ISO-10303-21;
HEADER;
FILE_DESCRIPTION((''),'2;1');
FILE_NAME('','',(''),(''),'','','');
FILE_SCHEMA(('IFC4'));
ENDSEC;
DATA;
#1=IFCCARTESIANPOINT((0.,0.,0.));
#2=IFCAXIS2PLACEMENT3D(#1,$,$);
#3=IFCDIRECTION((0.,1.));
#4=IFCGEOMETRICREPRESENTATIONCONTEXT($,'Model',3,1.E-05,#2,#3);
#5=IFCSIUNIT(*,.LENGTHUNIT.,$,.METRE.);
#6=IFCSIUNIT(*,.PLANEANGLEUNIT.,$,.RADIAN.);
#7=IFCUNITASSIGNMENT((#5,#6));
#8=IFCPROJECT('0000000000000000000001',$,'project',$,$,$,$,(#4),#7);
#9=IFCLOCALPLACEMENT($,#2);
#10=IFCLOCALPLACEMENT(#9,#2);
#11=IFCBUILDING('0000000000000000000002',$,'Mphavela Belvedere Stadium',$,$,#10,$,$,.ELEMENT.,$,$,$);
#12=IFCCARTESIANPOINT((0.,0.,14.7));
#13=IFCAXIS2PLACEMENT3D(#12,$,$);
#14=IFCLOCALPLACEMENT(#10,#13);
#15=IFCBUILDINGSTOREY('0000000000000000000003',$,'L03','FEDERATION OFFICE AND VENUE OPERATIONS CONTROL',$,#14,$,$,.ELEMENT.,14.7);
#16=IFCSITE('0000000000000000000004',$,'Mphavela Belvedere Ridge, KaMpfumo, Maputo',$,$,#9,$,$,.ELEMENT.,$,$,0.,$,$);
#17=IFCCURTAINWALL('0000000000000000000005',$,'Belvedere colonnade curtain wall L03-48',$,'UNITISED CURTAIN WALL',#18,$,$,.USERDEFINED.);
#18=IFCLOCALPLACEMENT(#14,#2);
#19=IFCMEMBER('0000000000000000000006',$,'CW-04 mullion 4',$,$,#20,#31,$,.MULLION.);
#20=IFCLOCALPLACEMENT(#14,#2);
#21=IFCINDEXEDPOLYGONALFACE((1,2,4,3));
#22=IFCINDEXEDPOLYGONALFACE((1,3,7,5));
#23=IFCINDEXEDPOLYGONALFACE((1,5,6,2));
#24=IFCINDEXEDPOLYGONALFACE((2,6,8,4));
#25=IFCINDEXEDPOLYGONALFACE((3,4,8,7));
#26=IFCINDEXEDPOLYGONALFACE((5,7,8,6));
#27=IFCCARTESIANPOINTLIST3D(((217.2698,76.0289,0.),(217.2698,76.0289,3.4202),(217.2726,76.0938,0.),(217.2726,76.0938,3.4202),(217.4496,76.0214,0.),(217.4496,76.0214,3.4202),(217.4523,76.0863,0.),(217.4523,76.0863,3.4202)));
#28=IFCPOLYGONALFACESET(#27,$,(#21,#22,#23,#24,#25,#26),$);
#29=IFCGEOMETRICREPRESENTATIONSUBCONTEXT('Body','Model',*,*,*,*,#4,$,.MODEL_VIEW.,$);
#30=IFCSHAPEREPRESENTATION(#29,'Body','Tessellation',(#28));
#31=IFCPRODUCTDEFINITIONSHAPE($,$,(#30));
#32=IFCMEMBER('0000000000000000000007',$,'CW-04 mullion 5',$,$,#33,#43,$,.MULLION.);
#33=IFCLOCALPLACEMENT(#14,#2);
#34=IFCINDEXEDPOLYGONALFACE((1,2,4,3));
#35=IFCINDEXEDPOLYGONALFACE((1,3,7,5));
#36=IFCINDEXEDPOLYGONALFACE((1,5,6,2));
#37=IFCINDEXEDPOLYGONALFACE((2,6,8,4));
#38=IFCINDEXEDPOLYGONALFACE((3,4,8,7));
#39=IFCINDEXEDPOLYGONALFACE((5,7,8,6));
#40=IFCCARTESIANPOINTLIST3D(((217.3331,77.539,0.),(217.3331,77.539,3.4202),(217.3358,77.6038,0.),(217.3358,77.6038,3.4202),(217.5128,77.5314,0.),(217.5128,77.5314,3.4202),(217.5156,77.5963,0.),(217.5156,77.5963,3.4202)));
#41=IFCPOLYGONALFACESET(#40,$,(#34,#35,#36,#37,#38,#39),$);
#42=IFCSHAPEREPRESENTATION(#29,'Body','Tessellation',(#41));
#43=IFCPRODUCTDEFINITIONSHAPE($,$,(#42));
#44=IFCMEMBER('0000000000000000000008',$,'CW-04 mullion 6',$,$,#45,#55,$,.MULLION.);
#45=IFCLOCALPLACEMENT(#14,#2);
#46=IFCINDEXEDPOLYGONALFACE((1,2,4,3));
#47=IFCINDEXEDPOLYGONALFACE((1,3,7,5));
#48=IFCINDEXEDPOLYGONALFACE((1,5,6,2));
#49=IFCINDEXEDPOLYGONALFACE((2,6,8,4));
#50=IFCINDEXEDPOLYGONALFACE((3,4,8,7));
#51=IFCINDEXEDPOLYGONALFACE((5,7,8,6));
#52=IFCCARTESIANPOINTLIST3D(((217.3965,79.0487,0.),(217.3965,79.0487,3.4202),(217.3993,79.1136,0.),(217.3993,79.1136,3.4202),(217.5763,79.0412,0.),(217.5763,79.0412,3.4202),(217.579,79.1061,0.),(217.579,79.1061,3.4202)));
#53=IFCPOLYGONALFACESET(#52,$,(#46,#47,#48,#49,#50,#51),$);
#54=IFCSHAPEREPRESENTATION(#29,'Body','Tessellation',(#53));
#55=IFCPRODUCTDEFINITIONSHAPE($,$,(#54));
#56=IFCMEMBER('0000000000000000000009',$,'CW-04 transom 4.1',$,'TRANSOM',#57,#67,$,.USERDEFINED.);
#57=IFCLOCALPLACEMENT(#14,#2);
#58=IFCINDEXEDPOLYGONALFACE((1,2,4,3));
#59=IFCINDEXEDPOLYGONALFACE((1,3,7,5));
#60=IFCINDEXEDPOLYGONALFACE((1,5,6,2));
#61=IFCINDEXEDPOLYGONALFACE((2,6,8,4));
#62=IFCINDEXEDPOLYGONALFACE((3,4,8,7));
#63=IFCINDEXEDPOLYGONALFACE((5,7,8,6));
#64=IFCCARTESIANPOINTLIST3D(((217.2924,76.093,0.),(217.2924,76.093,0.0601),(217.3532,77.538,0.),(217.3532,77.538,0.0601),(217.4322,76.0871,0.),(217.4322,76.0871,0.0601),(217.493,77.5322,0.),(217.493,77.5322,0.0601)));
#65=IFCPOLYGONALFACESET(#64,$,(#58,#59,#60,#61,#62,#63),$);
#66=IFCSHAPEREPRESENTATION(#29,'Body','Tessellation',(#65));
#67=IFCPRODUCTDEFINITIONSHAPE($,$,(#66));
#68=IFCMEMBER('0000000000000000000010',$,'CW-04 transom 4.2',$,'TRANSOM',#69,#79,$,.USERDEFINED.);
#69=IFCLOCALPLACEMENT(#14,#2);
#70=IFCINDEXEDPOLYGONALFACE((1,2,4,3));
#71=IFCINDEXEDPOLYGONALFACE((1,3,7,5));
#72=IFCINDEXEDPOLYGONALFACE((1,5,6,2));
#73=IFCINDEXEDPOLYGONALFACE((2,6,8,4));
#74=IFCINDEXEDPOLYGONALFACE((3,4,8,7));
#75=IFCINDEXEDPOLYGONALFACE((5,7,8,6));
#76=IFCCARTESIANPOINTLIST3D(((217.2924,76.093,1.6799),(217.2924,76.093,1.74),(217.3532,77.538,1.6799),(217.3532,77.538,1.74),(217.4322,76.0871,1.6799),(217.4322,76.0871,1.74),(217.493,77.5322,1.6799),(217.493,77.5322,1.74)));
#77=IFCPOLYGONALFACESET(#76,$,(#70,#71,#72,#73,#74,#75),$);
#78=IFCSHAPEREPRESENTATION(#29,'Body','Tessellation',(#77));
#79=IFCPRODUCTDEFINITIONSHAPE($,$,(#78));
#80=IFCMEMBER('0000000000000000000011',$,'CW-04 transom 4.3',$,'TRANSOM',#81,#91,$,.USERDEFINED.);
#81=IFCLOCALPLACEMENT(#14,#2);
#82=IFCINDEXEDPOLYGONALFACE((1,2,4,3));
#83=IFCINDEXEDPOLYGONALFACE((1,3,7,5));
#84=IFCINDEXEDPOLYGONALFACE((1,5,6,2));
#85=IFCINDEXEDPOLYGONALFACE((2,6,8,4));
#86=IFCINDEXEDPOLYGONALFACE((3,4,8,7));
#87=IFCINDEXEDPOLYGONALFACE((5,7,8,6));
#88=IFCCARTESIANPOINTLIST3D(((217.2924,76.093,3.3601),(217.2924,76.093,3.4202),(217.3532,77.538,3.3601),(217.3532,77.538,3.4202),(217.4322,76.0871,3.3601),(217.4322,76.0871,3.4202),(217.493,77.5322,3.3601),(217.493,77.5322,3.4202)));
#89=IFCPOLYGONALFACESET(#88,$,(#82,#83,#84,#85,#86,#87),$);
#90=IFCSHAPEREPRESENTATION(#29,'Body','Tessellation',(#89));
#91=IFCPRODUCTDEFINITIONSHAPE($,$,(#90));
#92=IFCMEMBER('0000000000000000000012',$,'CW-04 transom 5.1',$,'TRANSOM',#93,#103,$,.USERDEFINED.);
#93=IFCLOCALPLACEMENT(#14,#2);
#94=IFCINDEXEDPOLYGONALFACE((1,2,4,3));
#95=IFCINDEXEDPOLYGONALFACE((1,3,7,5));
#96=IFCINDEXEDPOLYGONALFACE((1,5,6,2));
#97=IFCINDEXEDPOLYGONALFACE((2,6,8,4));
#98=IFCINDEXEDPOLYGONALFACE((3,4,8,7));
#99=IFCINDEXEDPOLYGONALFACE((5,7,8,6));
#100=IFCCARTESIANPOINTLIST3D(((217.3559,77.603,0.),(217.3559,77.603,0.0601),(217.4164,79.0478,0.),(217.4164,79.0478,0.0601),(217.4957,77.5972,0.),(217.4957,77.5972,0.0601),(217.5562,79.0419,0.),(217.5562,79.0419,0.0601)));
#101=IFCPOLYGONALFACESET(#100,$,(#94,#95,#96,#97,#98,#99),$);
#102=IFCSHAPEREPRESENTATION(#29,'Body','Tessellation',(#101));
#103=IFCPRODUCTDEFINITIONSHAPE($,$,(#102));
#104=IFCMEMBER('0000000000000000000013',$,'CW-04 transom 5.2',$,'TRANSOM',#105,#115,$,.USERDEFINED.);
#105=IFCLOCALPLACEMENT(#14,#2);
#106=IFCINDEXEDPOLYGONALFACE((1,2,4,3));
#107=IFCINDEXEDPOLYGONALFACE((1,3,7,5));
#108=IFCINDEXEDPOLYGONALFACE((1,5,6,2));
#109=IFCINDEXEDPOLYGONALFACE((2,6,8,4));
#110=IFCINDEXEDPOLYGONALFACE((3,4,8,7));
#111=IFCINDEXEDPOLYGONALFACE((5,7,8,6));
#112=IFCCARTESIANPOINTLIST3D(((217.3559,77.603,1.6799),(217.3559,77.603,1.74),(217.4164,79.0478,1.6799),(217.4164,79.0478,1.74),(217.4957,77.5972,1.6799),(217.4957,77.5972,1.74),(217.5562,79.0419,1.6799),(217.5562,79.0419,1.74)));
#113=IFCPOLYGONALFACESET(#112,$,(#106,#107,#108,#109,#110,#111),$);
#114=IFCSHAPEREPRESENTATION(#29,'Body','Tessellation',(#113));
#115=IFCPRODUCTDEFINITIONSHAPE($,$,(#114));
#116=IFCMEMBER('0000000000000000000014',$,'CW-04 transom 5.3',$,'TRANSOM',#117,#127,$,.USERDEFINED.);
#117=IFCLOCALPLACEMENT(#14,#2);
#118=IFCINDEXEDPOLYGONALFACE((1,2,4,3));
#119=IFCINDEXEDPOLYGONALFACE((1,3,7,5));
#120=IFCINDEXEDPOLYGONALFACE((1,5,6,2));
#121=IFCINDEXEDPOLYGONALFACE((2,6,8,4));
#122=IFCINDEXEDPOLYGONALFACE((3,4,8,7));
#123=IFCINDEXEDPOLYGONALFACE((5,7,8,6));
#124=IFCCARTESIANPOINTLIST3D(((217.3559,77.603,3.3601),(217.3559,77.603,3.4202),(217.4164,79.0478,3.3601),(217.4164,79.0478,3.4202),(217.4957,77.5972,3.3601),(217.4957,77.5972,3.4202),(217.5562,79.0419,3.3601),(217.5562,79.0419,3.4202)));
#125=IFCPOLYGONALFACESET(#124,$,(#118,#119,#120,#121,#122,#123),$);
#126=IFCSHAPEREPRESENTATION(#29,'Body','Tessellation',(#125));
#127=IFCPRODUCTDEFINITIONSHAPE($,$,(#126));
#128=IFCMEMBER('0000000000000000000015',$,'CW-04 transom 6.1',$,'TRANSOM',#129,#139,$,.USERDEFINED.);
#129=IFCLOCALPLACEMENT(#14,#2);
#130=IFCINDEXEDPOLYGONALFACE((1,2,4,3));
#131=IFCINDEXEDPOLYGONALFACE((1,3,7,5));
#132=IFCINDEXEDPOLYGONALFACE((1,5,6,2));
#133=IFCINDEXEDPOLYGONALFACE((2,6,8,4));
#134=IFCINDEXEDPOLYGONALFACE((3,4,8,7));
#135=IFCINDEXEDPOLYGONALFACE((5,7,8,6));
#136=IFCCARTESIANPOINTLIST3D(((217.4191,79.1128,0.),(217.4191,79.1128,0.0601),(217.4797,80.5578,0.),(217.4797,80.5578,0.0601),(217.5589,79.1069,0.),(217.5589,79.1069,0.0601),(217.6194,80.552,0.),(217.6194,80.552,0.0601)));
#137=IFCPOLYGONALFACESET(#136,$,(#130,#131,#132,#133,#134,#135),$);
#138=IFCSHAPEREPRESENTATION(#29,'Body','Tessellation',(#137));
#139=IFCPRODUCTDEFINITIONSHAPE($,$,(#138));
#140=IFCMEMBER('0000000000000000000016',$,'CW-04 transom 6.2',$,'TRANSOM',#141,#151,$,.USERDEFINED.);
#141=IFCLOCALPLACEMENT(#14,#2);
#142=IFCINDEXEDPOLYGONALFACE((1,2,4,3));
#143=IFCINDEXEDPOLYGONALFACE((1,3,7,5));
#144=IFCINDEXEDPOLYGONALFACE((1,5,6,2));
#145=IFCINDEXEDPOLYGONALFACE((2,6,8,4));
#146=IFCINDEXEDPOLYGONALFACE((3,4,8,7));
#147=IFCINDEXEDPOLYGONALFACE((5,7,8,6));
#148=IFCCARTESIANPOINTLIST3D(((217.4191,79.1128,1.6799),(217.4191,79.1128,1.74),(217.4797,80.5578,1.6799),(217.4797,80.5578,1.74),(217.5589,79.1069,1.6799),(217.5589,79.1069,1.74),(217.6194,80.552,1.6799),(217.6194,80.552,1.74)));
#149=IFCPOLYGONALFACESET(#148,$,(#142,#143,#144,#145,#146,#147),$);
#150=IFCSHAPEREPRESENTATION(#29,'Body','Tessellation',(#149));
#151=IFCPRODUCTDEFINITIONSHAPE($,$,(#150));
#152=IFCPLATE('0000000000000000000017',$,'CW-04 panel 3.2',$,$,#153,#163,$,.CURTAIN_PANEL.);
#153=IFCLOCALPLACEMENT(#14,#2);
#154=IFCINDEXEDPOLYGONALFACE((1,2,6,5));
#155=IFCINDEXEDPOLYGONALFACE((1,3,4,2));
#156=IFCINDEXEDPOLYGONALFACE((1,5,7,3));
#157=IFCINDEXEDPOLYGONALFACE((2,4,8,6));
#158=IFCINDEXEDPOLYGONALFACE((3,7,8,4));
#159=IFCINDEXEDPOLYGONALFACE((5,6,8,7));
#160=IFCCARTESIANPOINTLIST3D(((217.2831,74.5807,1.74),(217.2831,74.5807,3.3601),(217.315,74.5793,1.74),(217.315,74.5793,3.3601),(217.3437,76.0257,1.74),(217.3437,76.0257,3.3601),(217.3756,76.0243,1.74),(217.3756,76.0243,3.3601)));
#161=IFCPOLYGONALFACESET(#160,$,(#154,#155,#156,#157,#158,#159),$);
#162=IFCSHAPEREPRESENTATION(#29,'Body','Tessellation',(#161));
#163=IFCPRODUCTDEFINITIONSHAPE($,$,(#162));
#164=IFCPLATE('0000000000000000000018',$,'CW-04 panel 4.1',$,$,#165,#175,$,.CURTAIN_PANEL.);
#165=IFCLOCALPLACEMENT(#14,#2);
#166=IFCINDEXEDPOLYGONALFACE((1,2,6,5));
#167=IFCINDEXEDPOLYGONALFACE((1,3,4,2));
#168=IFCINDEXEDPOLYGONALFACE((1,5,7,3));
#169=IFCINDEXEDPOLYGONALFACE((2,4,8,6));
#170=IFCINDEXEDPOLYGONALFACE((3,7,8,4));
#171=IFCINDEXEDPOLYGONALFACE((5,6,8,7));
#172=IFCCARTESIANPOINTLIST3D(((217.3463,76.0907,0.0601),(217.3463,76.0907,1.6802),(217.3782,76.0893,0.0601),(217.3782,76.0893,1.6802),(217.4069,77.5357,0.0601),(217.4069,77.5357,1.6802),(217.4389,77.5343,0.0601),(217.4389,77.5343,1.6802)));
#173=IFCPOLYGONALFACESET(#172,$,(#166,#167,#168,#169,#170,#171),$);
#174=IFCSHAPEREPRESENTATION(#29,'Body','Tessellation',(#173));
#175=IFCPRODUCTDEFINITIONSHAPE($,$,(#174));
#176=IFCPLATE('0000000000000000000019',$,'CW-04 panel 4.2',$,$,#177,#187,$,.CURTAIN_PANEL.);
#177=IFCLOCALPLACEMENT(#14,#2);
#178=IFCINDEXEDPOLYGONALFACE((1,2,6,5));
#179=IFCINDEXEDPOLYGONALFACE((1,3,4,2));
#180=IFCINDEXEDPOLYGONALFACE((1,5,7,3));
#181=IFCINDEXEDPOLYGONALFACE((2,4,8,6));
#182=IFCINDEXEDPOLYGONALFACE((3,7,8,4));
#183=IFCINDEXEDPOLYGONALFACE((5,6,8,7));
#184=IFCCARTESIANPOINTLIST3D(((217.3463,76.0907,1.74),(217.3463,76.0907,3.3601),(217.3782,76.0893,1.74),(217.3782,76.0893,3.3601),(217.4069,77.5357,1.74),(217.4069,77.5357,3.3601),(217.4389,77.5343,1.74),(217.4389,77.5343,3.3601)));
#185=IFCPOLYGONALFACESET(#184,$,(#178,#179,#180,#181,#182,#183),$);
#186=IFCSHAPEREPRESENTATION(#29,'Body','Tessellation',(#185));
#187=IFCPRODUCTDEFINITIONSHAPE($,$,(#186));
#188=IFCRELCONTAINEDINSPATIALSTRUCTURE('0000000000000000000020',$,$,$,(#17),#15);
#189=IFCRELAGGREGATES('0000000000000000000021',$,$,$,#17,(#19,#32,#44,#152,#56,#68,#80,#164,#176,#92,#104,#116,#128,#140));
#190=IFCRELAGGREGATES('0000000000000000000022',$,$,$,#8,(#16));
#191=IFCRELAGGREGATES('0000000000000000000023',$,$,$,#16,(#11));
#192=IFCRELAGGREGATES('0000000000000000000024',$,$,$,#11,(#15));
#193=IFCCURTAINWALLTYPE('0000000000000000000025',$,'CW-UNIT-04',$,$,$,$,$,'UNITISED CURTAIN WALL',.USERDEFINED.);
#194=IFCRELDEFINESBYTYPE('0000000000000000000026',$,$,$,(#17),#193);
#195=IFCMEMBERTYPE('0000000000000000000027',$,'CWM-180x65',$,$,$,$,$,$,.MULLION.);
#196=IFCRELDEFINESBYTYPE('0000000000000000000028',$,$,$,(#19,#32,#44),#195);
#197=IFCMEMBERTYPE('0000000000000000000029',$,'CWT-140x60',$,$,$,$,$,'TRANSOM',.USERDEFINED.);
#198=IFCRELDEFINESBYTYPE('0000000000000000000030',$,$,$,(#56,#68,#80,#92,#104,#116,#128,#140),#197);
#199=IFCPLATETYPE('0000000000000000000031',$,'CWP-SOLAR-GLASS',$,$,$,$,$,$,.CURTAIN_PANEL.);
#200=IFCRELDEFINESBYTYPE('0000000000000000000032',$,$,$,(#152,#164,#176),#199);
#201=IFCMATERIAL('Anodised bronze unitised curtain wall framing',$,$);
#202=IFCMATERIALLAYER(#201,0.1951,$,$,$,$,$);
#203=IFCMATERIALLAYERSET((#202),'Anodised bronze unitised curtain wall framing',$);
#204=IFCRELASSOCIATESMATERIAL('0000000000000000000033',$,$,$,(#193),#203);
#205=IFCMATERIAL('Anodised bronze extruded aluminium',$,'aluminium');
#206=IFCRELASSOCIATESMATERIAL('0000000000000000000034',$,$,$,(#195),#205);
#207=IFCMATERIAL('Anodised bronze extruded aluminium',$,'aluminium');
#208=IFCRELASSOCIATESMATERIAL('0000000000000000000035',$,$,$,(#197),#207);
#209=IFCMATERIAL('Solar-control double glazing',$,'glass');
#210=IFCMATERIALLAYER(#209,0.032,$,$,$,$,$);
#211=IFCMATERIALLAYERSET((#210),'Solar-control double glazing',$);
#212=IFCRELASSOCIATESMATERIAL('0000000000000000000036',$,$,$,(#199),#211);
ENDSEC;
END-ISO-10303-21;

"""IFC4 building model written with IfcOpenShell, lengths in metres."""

from ifc_helpers import new_model, si_unit, direction, frame, origin, origin_2d, place, context, subcontext, project, spatial, rectangle, extrude, material, layer, layer_set, material_profile, profile_set, type_object, element, aggregate, save


model = new_model("IFC4")

# Units and contexts
model_context = context("Model", 3, precision=1e-05, world=origin(), true_north=direction((0.0, 1.0)))
body_context = subcontext(model_context, "Body", "Model", "MODEL_VIEW")
ifc_project = project(units=[si_unit("LENGTHUNIT", "METRE"), si_unit("PLANEANGLEUNIT", "RADIAN")], contexts=[model_context])

# Site, building, storey
site_placement = place(None, origin())
site = spatial("IfcSite", under=ifc_project, at=site_placement, Name="Mphavela Belvedere Ridge, KaMpfumo, Maputo", CompositionType="ELEMENT", RefElevation=0.0)
building_placement = place(site_placement, origin())
building = spatial("IfcBuilding", under=site, at=building_placement, Name="Mphavela Belvedere Stadium", CompositionType="ELEMENT")
storey_placement = place(building_placement, frame((0.0, 0.0, 14.7)))
storey = spatial("IfcBuildingStorey", under=building, at=storey_placement, Name="L03", Description="FEDERATION OFFICE AND VENUE OPERATIONS CONTROL", CompositionType="ELEMENT", Elevation=14.7)

# Curtain wall, members, plates
ifc_material_1 = material(Name="Anodised bronze unitised curtain wall framing")
ifc_layer_1 = layer(ifc_material_1, 0.1951)
ifc_layer_set_1 = layer_set([ifc_layer_1], Name="Anodised bronze unitised curtain wall framing")
curtain_wall_type = type_object("IfcCurtainWallType", Name="CW-UNIT-04", ElementType="UNITISED CURTAIN WALL", PredefinedType="USERDEFINED", material=ifc_layer_set_1)
curtain_wall_placement = place(storey_placement, origin())
curtain_wall = element("IfcCurtainWall", 1, at=curtain_wall_placement, inside=storey, type_object=curtain_wall_type, Name="Belvedere colonnade curtain wall L03-48", ObjectType="UNITISED CURTAIN WALL", PredefinedType="USERDEFINED")
ifc_material_2 = material(Name="Anodised bronze extruded aluminium", Category="aluminium")
ifc_material_profile_1 = material_profile(ifc_material_2, rectangle(XDim=0.1799, YDim=0.0649, at=origin_2d()), Name="CW-MUL 180x65")
ifc_profile_set_1 = profile_set([ifc_material_profile_1], Name="Anodised bronze extruded aluminium")
member_type_1 = type_object("IfcMemberType", Name="CWM-180x65", PredefinedType="MULLION", material=ifc_profile_set_1)
member_1_placement = place(storey_placement, frame((217.3611, 76.0576, 0.0), z_axis=(0.0, 0.0, 1.0), x_axis=(-0.999121, 0.041911, 0.0)))
member_1 = element("IfcMember", 2, at=member_1_placement, type_object=member_type_1, Name="CW-04 mullion 4", PredefinedType="MULLION", context=body_context, shape_type="SweptSolid", body=[
    extrude(rectangle(XDim=0.1799, YDim=0.0649, at=origin_2d()), origin(), (0.0, 0.0, 1.0), 3.4202),
])
member_2_placement = place(storey_placement, frame((217.4243, 77.5676, 0.0), z_axis=(0.0, 0.0, 1.0), x_axis=(-0.999121, 0.041911, 0.0)))
member_2 = element("IfcMember", 3, at=member_2_placement, type_object=member_type_1, Name="CW-04 mullion 5", PredefinedType="MULLION", context=body_context, shape_type="SweptSolid", body=[
    extrude(rectangle(XDim=0.1799, YDim=0.0649, at=origin_2d()), origin(), (0.0, 0.0, 1.0), 3.4202),
])
member_3_placement = place(storey_placement, frame((217.4878, 79.0774, 0.0), z_axis=(0.0, 0.0, 1.0), x_axis=(-0.999121, 0.041911, 0.0)))
member_3 = element("IfcMember", 4, at=member_3_placement, type_object=member_type_1, Name="CW-04 mullion 6", PredefinedType="MULLION", context=body_context, shape_type="SweptSolid", body=[
    extrude(rectangle(XDim=0.1799, YDim=0.0649, at=origin_2d()), origin(), (0.0, 0.0, 1.0), 3.4202),
])
ifc_material_3 = material(Name="Anodised bronze extruded aluminium", Category="aluminium")
ifc_material_profile_2 = material_profile(ifc_material_3, rectangle(XDim=0.1399, YDim=0.0601, at=origin_2d()), Name="CW-TRN 140x60")
ifc_profile_set_2 = profile_set([ifc_material_profile_2], Name="Anodised bronze extruded aluminium")
member_type_2 = type_object("IfcMemberType", Name="CWT-140x60", ElementType="TRANSOM", PredefinedType="USERDEFINED", material=ifc_profile_set_2)
member_4_placement = place(storey_placement, frame((217.3623, 76.0901, 0.03), z_axis=(0.042031, 0.999116, 0.0), x_axis=(-0.999116, 0.042031, 0.0)))
member_4 = element("IfcMember", 5, at=member_4_placement, type_object=member_type_2, Name="CW-04 transom 4.1", ObjectType="TRANSOM", PredefinedType="USERDEFINED", context=body_context, shape_type="SweptSolid", body=[
    extrude(rectangle(XDim=0.1399, YDim=0.0601, at=origin_2d()), origin(), (0.0, 0.0, 1.0), 1.4463),
])
member_5_placement = place(storey_placement, frame((217.3623, 76.0901, 1.71), z_axis=(0.042031, 0.999116, 0.0), x_axis=(-0.999116, 0.042031, 0.0)))
member_5 = element("IfcMember", 6, at=member_5_placement, type_object=member_type_2, Name="CW-04 transom 4.2", ObjectType="TRANSOM", PredefinedType="USERDEFINED", context=body_context, shape_type="SweptSolid", body=[
    extrude(rectangle(XDim=0.1399, YDim=0.0601, at=origin_2d()), origin(), (0.0, 0.0, 1.0), 1.4463),
])
member_6_placement = place(storey_placement, frame((217.3623, 76.0901, 3.3901), z_axis=(0.042031, 0.999116, 0.0), x_axis=(-0.999116, 0.042031, 0.0)))
member_6 = element("IfcMember", 7, at=member_6_placement, type_object=member_type_2, Name="CW-04 transom 4.3", ObjectType="TRANSOM", PredefinedType="USERDEFINED", context=body_context, shape_type="SweptSolid", body=[
    extrude(rectangle(XDim=0.1399, YDim=0.0601, at=origin_2d()), origin(), (0.0, 0.0, 1.0), 1.4463),
])
member_7_placement = place(storey_placement, frame((217.4258, 77.6001, 0.03), z_axis=(0.041869, 0.999123, 0.0), x_axis=(-0.999123, 0.041869, 0.0)))
member_7 = element("IfcMember", 8, at=member_7_placement, type_object=member_type_2, Name="CW-04 transom 5.1", ObjectType="TRANSOM", PredefinedType="USERDEFINED", context=body_context, shape_type="SweptSolid", body=[
    extrude(rectangle(XDim=0.1399, YDim=0.0601, at=origin_2d()), origin(), (0.0, 0.0, 1.0), 1.446),
])
member_8_placement = place(storey_placement, frame((217.4258, 77.6001, 1.71), z_axis=(0.041869, 0.999123, 0.0), x_axis=(-0.999123, 0.041869, 0.0)))
member_8 = element("IfcMember", 9, at=member_8_placement, type_object=member_type_2, Name="CW-04 transom 5.2", ObjectType="TRANSOM", PredefinedType="USERDEFINED", context=body_context, shape_type="SweptSolid", body=[
    extrude(rectangle(XDim=0.1399, YDim=0.0601, at=origin_2d()), origin(), (0.0, 0.0, 1.0), 1.446),
])
member_9_placement = place(storey_placement, frame((217.4258, 77.6001, 3.3901), z_axis=(0.041869, 0.999123, 0.0), x_axis=(-0.999123, 0.041869, 0.0)))
member_9 = element("IfcMember", 10, at=member_9_placement, type_object=member_type_2, Name="CW-04 transom 5.3", ObjectType="TRANSOM", PredefinedType="USERDEFINED", context=body_context, shape_type="SweptSolid", body=[
    extrude(rectangle(XDim=0.1399, YDim=0.0601, at=origin_2d()), origin(), (0.0, 0.0, 1.0), 1.446),
])
member_10_placement = place(storey_placement, frame((217.489, 79.1099, 0.03), z_axis=(0.041862, 0.999123, 0.0), x_axis=(-0.999123, 0.041862, 0.0)))
member_10 = element("IfcMember", 11, at=member_10_placement, type_object=member_type_2, Name="CW-04 transom 6.1", ObjectType="TRANSOM", PredefinedType="USERDEFINED", context=body_context, shape_type="SweptSolid", body=[
    extrude(rectangle(XDim=0.1399, YDim=0.0601, at=origin_2d()), origin(), (0.0, 0.0, 1.0), 1.4463),
])
member_11_placement = place(storey_placement, frame((217.489, 79.1099, 1.71), z_axis=(0.041862, 0.999123, 0.0), x_axis=(-0.999123, 0.041862, 0.0)))
member_11 = element("IfcMember", 12, at=member_11_placement, type_object=member_type_2, Name="CW-04 transom 6.2", ObjectType="TRANSOM", PredefinedType="USERDEFINED", context=body_context, shape_type="SweptSolid", body=[
    extrude(rectangle(XDim=0.1399, YDim=0.0601, at=origin_2d()), origin(), (0.0, 0.0, 1.0), 1.4463),
])
ifc_material_4 = material(Name="Solar-control double glazing", Category="glass")
ifc_layer_2 = layer(ifc_material_4, 0.032)
ifc_layer_set_2 = layer_set([ifc_layer_2], Name="Solar-control double glazing")
plate_type = type_object("IfcPlateType", Name="CWP-SOLAR-GLASS", PredefinedType="CURTAIN_PANEL", material=ifc_layer_set_2)
plate_1_placement = place(storey_placement, frame((217.3293, 75.3025, 1.74), z_axis=(0.0, 0.0, 1.0), x_axis=(0.041911, 0.999121, 0.0)))
plate_1 = element("IfcPlate", 13, at=plate_1_placement, type_object=plate_type, Name="CW-04 panel 3.2", PredefinedType="CURTAIN_PANEL", context=body_context, shape_type="SweptSolid", body=[
    extrude(rectangle(XDim=1.4463, YDim=0.032, at=origin_2d()), origin(), (0.0, 0.0, 1.0), 1.6201),
])
plate_2_placement = place(storey_placement, frame((217.3926, 76.8125, 0.0601), z_axis=(0.0, 0.0, 1.0), x_axis=(0.041911, 0.999121, 0.0)))
plate_2 = element("IfcPlate", 14, at=plate_2_placement, type_object=plate_type, Name="CW-04 panel 4.1", PredefinedType="CURTAIN_PANEL", context=body_context, shape_type="SweptSolid", body=[
    extrude(rectangle(XDim=1.4463, YDim=0.032, at=origin_2d()), origin(), (0.0, 0.0, 1.0), 1.6201),
])
plate_3_placement = place(storey_placement, frame((217.3926, 76.8125, 1.74), z_axis=(0.0, 0.0, 1.0), x_axis=(0.041911, 0.999121, 0.0)))
plate_3 = element("IfcPlate", 15, at=plate_3_placement, type_object=plate_type, Name="CW-04 panel 4.2", PredefinedType="CURTAIN_PANEL", context=body_context, shape_type="SweptSolid", body=[
    extrude(rectangle(XDim=1.4463, YDim=0.032, at=origin_2d()), origin(), (0.0, 0.0, 1.0), 1.6201),
])
aggregate(curtain_wall, [member_1, member_2, member_3, plate_1, member_4, member_5, member_6, plate_2, plate_3, member_7, member_8, member_9, member_10, member_11])

save(model, "model.ifc")
